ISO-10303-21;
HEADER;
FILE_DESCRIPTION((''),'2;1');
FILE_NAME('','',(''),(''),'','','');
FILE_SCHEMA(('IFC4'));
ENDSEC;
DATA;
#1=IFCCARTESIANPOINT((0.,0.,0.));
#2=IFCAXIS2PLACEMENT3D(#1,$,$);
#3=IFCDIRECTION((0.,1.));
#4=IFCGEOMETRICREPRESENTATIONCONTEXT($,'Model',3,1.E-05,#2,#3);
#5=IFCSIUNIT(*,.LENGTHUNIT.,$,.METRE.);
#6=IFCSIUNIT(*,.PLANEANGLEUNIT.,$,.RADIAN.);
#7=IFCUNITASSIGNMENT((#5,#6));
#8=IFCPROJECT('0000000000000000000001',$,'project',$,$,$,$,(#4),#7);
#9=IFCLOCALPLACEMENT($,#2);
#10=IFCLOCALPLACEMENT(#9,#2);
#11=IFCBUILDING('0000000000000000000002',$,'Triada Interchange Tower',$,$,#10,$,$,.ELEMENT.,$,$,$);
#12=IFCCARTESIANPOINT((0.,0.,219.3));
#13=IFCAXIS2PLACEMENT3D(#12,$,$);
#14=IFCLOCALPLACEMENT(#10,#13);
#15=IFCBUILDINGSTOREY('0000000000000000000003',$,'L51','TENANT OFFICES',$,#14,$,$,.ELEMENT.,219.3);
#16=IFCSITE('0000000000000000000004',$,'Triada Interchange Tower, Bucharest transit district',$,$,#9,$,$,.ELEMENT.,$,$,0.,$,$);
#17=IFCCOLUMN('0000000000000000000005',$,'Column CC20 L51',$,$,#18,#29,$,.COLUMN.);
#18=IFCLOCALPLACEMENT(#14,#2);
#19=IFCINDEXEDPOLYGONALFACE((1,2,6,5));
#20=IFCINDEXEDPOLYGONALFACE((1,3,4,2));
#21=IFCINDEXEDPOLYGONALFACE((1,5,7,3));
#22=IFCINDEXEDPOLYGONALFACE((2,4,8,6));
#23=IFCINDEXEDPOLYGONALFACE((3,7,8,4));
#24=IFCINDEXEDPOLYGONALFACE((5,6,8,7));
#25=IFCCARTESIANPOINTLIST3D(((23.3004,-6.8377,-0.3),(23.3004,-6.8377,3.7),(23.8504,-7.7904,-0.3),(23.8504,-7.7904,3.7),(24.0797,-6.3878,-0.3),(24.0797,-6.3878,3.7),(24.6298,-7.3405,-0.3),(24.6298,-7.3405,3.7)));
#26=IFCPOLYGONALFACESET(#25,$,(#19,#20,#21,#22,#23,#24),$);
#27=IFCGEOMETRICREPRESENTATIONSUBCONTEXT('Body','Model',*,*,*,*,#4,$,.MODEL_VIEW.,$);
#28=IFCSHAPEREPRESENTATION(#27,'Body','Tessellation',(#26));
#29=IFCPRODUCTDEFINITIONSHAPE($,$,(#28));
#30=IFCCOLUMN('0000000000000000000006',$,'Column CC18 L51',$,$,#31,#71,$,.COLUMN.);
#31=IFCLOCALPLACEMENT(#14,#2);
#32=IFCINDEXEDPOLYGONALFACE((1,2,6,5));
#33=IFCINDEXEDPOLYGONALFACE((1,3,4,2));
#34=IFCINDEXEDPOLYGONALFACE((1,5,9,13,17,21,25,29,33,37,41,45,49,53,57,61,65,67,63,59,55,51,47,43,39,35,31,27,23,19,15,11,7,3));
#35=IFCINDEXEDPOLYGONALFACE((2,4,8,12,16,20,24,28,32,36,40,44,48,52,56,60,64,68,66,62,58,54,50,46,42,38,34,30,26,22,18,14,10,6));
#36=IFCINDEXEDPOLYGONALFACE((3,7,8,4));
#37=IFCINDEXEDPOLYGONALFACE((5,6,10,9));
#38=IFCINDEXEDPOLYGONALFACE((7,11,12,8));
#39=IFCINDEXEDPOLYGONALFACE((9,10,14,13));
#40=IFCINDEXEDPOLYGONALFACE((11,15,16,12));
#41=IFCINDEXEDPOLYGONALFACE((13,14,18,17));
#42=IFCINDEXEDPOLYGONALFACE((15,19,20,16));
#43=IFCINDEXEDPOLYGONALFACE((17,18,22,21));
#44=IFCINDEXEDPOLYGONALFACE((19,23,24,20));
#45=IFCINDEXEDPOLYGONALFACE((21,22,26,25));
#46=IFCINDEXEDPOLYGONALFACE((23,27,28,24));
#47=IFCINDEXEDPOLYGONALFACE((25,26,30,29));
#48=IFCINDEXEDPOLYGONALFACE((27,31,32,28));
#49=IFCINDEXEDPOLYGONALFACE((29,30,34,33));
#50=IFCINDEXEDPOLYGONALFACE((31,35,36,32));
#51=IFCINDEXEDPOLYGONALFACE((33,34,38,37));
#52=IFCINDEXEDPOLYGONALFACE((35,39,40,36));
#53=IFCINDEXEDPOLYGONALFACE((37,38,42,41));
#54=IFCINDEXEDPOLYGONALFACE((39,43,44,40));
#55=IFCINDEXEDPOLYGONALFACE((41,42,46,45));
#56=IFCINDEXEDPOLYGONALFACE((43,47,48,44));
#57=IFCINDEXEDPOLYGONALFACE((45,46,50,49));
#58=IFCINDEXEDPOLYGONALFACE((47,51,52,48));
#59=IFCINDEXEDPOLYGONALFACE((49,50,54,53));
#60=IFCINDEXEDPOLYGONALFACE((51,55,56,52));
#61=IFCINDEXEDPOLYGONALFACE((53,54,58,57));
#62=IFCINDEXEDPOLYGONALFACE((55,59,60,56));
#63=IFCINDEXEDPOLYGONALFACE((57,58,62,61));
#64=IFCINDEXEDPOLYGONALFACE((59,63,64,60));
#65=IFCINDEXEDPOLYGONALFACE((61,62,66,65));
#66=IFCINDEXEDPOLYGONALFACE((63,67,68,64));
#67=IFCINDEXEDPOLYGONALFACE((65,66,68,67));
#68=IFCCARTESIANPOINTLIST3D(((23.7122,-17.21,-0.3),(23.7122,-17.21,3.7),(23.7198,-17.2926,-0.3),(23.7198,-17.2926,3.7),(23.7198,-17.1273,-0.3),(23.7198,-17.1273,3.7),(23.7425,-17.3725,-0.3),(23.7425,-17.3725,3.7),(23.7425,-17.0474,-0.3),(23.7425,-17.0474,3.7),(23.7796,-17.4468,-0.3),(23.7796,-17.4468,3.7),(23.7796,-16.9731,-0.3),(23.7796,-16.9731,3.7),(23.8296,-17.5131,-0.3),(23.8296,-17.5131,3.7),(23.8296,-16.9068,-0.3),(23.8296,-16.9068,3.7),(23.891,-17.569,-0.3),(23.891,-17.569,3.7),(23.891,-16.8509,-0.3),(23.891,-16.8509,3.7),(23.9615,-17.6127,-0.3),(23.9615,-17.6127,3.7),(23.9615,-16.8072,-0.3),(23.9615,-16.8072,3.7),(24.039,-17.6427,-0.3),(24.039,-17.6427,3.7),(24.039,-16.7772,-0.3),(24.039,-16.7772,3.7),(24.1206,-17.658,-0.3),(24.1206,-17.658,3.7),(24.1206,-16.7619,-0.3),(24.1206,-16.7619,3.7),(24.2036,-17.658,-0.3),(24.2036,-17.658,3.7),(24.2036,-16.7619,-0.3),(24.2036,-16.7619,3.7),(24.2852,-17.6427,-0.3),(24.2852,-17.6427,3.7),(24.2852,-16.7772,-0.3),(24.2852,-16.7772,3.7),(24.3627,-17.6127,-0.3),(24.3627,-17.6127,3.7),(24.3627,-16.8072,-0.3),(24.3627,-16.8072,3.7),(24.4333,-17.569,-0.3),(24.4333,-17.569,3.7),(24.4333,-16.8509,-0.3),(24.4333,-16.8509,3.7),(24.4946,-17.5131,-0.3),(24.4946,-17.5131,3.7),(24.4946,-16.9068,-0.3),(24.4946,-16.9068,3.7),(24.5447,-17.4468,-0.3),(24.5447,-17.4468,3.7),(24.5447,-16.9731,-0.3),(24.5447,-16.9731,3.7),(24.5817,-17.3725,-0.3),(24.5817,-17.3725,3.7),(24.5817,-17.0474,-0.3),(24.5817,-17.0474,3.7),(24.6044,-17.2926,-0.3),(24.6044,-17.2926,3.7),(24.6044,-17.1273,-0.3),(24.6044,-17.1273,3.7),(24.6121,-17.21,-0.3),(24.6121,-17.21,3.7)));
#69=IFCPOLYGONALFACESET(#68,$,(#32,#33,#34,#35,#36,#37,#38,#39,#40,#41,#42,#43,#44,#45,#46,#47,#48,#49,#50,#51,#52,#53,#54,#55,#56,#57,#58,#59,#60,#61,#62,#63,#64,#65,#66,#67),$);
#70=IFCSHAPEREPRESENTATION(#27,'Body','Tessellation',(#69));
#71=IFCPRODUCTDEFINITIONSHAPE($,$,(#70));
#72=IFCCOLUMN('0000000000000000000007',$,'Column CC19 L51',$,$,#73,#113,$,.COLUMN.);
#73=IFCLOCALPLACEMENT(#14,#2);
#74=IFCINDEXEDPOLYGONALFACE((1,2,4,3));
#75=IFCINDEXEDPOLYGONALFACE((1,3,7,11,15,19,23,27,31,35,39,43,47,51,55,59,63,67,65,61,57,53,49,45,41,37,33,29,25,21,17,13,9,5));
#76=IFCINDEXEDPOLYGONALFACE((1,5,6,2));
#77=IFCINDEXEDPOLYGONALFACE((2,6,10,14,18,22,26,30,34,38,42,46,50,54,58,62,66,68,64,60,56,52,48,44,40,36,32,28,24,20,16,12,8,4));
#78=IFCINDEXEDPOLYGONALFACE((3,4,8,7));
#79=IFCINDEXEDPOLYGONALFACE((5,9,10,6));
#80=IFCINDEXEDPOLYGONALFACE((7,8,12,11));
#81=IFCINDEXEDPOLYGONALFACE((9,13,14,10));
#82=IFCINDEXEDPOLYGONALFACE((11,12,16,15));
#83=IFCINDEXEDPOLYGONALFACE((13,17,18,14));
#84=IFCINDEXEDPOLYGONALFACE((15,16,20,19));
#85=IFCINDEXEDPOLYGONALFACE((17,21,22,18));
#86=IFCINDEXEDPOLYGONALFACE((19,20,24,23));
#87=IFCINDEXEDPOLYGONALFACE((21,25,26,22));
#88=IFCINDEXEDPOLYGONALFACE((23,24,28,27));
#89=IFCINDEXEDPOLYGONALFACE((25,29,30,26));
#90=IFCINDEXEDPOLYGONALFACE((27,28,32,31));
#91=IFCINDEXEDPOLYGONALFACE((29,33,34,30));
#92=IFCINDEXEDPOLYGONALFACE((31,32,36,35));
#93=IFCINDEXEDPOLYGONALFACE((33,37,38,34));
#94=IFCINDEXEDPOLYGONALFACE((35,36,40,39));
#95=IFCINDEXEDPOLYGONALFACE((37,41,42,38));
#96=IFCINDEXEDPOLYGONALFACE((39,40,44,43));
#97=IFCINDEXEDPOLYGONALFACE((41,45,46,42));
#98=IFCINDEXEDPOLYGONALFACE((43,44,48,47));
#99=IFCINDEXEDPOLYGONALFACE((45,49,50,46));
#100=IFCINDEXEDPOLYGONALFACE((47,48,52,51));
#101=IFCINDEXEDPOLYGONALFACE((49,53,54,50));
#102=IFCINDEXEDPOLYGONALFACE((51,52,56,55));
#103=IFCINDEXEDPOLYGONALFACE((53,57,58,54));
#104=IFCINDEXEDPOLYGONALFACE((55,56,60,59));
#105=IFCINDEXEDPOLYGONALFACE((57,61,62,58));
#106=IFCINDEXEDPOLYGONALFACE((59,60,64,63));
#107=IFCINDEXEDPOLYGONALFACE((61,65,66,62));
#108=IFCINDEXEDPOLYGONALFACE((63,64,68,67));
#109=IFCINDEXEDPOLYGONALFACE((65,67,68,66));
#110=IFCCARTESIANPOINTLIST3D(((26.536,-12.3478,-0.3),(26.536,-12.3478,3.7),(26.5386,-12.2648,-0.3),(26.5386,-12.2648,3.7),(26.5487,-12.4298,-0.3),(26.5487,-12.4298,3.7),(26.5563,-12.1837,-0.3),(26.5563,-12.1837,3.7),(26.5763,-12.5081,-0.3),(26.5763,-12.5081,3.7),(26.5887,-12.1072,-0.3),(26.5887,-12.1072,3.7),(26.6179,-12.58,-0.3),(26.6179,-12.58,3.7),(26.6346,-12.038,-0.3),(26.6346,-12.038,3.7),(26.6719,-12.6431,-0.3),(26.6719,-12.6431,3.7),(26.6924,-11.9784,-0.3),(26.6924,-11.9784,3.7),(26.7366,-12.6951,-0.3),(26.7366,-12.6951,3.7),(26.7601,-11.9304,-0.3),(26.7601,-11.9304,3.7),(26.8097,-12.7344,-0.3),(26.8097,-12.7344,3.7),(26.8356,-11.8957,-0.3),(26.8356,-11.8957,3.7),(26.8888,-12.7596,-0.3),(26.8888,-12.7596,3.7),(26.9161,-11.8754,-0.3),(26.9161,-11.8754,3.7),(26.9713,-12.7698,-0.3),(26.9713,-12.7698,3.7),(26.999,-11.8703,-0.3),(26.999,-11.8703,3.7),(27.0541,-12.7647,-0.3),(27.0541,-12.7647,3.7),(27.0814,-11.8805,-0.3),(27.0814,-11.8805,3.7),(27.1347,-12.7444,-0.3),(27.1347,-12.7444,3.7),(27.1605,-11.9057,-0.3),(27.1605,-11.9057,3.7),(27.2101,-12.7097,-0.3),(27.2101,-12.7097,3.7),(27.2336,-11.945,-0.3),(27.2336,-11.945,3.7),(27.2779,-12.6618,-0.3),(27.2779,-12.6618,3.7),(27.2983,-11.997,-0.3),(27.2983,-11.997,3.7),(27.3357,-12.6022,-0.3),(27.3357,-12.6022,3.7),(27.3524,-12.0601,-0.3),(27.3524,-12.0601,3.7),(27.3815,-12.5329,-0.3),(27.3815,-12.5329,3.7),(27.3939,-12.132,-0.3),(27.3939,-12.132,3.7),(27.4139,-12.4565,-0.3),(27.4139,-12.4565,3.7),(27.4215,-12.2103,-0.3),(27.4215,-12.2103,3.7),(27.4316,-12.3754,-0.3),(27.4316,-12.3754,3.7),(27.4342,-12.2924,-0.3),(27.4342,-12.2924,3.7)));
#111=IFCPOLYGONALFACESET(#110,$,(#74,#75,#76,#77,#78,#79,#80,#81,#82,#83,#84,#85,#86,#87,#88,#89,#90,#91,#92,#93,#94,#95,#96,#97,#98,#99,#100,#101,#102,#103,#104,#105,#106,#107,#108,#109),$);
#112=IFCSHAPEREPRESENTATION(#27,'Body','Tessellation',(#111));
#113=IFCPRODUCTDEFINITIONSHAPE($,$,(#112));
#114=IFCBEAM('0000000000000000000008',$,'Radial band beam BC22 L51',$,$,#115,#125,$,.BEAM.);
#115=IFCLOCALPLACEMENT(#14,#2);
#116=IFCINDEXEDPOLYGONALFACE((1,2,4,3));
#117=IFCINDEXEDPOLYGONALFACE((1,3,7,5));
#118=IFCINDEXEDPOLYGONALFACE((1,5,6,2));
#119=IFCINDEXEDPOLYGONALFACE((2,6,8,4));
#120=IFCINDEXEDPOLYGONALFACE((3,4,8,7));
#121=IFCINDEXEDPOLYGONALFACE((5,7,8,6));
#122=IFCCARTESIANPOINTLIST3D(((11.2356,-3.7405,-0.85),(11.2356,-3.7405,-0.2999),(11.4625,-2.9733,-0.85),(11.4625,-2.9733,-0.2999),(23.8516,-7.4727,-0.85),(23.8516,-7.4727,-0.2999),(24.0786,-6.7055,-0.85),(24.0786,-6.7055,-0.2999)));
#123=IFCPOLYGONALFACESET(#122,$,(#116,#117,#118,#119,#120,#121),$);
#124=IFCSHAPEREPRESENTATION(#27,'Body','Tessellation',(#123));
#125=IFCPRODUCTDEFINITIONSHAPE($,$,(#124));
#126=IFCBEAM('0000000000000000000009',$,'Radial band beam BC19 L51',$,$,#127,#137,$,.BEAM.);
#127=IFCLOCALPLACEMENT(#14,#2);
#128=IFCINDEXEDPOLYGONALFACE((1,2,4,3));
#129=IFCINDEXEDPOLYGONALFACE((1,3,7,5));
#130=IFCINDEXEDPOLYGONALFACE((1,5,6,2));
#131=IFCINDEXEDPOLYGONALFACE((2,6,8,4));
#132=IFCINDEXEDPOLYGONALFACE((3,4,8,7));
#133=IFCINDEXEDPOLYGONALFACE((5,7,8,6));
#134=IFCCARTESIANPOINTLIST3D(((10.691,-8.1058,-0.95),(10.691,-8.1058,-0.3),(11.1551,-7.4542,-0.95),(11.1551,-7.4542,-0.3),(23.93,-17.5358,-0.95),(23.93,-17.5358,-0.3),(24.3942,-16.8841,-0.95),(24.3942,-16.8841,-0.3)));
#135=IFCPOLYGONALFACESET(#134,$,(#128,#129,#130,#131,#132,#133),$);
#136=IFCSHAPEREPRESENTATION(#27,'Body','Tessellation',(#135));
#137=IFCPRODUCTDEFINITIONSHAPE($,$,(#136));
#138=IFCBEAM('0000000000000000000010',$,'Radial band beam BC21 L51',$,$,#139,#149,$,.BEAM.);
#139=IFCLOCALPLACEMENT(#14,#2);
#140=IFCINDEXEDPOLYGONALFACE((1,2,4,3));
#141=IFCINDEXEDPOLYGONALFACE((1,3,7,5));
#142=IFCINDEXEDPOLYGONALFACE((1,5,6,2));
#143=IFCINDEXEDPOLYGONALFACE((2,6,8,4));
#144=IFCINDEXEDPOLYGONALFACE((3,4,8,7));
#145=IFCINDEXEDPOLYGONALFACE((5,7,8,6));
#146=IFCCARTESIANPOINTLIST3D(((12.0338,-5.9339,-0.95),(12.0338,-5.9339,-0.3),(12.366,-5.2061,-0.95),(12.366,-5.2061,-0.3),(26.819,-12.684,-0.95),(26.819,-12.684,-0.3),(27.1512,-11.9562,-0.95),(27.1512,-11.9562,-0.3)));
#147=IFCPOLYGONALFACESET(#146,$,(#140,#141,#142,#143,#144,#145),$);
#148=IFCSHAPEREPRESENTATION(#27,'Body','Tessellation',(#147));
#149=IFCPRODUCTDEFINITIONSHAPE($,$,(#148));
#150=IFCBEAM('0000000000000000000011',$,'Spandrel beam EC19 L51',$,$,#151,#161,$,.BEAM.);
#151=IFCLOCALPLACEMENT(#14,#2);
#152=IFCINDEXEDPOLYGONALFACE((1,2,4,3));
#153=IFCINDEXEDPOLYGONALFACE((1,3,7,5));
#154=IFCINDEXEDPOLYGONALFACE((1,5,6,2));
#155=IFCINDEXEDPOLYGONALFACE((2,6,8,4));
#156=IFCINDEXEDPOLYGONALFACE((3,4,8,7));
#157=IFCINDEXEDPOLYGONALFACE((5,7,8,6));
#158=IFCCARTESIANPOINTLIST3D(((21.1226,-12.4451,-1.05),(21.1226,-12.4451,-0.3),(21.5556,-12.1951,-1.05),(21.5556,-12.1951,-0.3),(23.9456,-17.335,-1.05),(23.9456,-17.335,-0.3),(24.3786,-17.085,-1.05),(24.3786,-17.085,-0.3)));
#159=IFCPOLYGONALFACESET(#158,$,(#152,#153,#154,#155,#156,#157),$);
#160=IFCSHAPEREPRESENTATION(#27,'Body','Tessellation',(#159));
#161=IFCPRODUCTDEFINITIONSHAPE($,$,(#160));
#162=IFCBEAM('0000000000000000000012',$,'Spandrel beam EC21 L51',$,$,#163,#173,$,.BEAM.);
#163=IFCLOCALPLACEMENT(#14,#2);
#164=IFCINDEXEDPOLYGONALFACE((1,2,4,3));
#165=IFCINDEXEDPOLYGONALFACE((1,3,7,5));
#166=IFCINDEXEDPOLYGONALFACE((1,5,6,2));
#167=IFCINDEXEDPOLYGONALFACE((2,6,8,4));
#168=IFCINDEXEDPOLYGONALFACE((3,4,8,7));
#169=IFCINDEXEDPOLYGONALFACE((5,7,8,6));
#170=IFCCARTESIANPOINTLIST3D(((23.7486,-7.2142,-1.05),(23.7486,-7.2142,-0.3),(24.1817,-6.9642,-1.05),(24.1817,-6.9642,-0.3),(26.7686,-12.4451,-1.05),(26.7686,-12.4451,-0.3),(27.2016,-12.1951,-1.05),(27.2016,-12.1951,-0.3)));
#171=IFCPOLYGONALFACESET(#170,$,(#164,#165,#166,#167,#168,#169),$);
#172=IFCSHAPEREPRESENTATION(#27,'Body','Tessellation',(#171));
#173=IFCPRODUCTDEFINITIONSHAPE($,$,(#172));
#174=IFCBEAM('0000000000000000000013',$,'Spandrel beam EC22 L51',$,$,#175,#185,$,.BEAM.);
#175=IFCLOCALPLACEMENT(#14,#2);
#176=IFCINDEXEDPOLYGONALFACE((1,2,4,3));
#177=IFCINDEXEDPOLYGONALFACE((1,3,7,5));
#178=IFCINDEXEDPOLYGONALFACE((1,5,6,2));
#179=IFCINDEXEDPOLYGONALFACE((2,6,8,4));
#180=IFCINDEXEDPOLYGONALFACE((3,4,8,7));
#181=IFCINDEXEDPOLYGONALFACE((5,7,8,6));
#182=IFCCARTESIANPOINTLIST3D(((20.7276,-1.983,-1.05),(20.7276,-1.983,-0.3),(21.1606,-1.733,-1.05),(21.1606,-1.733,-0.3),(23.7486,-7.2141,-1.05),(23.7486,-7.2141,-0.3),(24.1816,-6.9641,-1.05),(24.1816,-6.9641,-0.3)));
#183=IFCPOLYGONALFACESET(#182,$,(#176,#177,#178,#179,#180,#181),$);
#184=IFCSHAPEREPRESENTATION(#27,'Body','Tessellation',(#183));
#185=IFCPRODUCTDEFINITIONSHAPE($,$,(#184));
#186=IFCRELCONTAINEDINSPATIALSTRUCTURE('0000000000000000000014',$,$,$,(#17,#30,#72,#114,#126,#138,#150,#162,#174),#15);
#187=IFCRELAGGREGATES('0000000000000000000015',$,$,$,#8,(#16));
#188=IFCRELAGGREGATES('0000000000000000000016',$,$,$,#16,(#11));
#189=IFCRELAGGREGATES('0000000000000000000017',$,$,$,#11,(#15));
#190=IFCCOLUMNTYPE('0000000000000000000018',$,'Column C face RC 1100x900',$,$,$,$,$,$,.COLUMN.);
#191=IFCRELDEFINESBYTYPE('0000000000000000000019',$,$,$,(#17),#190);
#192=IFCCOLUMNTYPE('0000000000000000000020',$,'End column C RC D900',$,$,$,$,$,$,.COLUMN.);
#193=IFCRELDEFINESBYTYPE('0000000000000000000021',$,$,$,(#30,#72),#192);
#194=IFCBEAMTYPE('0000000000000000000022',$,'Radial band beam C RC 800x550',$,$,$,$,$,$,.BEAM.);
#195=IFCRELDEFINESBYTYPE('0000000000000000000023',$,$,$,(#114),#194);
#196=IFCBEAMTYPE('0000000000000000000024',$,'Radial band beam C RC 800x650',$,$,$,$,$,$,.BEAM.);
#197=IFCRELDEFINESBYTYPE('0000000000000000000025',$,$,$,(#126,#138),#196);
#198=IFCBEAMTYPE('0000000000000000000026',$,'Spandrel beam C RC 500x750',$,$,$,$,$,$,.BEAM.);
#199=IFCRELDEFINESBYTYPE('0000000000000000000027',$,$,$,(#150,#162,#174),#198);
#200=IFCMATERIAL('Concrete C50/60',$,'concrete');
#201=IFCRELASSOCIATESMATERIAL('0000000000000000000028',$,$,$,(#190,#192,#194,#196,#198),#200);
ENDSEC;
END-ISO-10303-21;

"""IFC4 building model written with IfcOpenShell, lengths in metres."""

from ifc_helpers import new_model, si_unit, direction, frame, origin, origin_2d, place, context, subcontext, project, spatial, rectangle, circle, extrude, material, material_profile, profile_set, type_object, element, save


model = new_model("IFC4")

# Units and contexts
model_context = context("Model", 3, precision=1e-05, world=origin(), true_north=direction((0.0, 1.0)))
body_context = subcontext(model_context, "Body", "Model", "MODEL_VIEW")
ifc_project = project(units=[si_unit("LENGTHUNIT", "METRE"), si_unit("PLANEANGLEUNIT", "RADIAN")], contexts=[model_context])

# Site, building, storey
site_placement = place(None, origin())
site = spatial("IfcSite", under=ifc_project, at=site_placement, Name="Triada Interchange Tower, Bucharest transit district", CompositionType="ELEMENT", RefElevation=0.0)
building_placement = place(site_placement, origin())
building = spatial("IfcBuilding", under=site, at=building_placement, Name="Triada Interchange Tower", CompositionType="ELEMENT")
storey_placement = place(building_placement, frame((0.0, 0.0, 219.3)))
storey = spatial("IfcBuildingStorey", under=building, at=storey_placement, Name="L51", Description="TENANT OFFICES", CompositionType="ELEMENT", Elevation=219.3)

# Columns
ifc_material_1 = material(Name="Concrete C50/60", Category="concrete")
ifc_material_profile_1 = material_profile(ifc_material_1, rectangle(XDim=1.1001, YDim=0.8999, at=origin_2d()), Name="RC 1100x900")
ifc_profile_set_1 = profile_set([ifc_material_profile_1], Name="Concrete C50/60")
column_type_1 = type_object("IfcColumnType", Name="Column C face RC 1100x900", PredefinedType="COLUMN", material=ifc_profile_set_1)
column_placement = place(storey_placement, frame((23.9651, -7.0891, -0.3), z_axis=(0.0, 0.0, 1.0), x_axis=(-0.5, 0.866025, 0.0)))
element("IfcColumn", 1, at=column_placement, inside=storey, type_object=column_type_1, Name="Column CC20 L51", PredefinedType="COLUMN", context=body_context, shape_type="SweptSolid", body=[
    extrude(rectangle(XDim=1.1001, YDim=0.8999, at=origin_2d()), origin(), (0.0, 0.0, 1.0), 4.0),
])
ifc_material_profile_2 = material_profile(ifc_material_1, circle(Radius=0.45, at=origin_2d()), Name="RC D900")
ifc_profile_set_2 = profile_set([ifc_material_profile_2], Name="Concrete C50/60")
column_type_2 = type_object("IfcColumnType", Name="End column C RC D900", PredefinedType="COLUMN", material=ifc_profile_set_2)
for number, where, z_axis, x_axis, name in (
    (2, (24.1621, -17.21, -0.3), (0.0, 0.0, 1.0), (1.0, 0.0, 0.0), "Column CC18 L51"),
    (3, (26.9851, -12.3201, -0.3), (0.0, 0.0, 1.0), (-0.5, 0.866025, 0.0), "Column CC19 L51"),
):
    element("IfcColumn", number, at=place(storey_placement, frame(where, z_axis=z_axis, x_axis=x_axis)), inside=storey, type_object=column_type_2, Name=name, PredefinedType="COLUMN", context=body_context, shape_type="SweptSolid", body=[
        extrude(circle(Radius=0.45, at=origin_2d()), origin(), (0.0, 0.0, 1.0), 4.0),
    ])

# Beams
ifc_material_profile_3 = material_profile(ifc_material_1, rectangle(XDim=0.8, YDim=0.55, at=origin_2d()), Name="RC 800x550")
ifc_profile_set_3 = profile_set([ifc_material_profile_3], Name="Concrete C50/60")
beam_type_1 = type_object("IfcBeamType", Name="Radial band beam C RC 800x550", PredefinedType="BEAM", material=ifc_profile_set_3)
beam_1_placement = place(storey_placement, frame((23.9651, -7.0891, -0.575), z_axis=(-0.95892, 0.283677, 0.0), x_axis=(-0.283677, -0.95892, 0.0)))
element("IfcBeam", 4, at=beam_1_placement, inside=storey, type_object=beam_type_1, Name="Radial band beam BC22 L51", PredefinedType="BEAM", context=body_context, shape_type="SweptSolid", body=[
    extrude(rectangle(XDim=0.8, YDim=0.55, at=origin_2d()), origin(), (0.0, 0.0, 1.0), 13.1565),
])
ifc_material_profile_4 = material_profile(ifc_material_1, rectangle(XDim=0.8, YDim=0.6499, at=origin_2d()), Name="RC 800x650")
ifc_profile_set_4 = profile_set([ifc_material_profile_4], Name="Concrete C50/60")
beam_type_2 = type_object("IfcBeamType", Name="Radial band beam C RC 800x650", PredefinedType="BEAM", material=ifc_profile_set_4)
beam_2_placement = place(storey_placement, frame((24.1621, -17.21, -0.625), z_axis=(-0.814504, 0.580158, 0.0), x_axis=(-0.580158, -0.814504, 0.0)))
element("IfcBeam", 5, at=beam_2_placement, inside=storey, type_object=beam_type_2, Name="Radial band beam BC19 L51", PredefinedType="BEAM", context=body_context, shape_type="SweptSolid", body=[
    extrude(rectangle(XDim=0.8, YDim=0.6499, at=origin_2d()), origin(), (0.0, 0.0, 1.0), 16.2542),
])
beam_3_placement = place(storey_placement, frame((26.9851, -12.3201, -0.625), z_axis=(-0.909682, 0.415305, 0.0), x_axis=(-0.415305, -0.909682, 0.0)))
element("IfcBeam", 6, at=beam_3_placement, inside=storey, type_object=beam_type_2, Name="Radial band beam BC21 L51", PredefinedType="BEAM", context=body_context, shape_type="SweptSolid", body=[
    extrude(rectangle(XDim=0.8, YDim=0.6499, at=origin_2d()), origin(), (0.0, 0.0, 1.0), 16.2532),
])
ifc_material_profile_5 = material_profile(ifc_material_1, rectangle(XDim=0.5, YDim=0.75, at=origin_2d()), Name="RC 500x750")
ifc_profile_set_5 = profile_set([ifc_material_profile_5], Name="Concrete C50/60")
beam_type_3 = type_object("IfcBeamType", Name="Spandrel beam C RC 500x750", PredefinedType="BEAM", material=ifc_profile_set_5)
beam_4_placement = place(storey_placement, frame((24.1621, -17.21, -0.675), z_axis=(-0.499976, 0.866039, 0.0), x_axis=(-0.866039, -0.499976, 0.0)))
element("IfcBeam", 7, at=beam_4_placement, inside=storey, type_object=beam_type_3, Name="Spandrel beam EC19 L51", PredefinedType="BEAM", context=body_context, shape_type="SweptSolid", body=[
    extrude(rectangle(XDim=0.5, YDim=0.75, at=origin_2d()), origin(), (0.0, 0.0, 1.0), 5.6462),
])
beam_5_placement = place(storey_placement, frame((26.9851, -12.3201, -0.675), z_axis=(-0.499991, 0.866031, 0.0), x_axis=(-0.866031, -0.499991, 0.0)))
element("IfcBeam", 8, at=beam_5_placement, inside=storey, type_object=beam_type_3, Name="Spandrel beam EC21 L51", PredefinedType="BEAM", context=body_context, shape_type="SweptSolid", body=[
    extrude(rectangle(XDim=0.5, YDim=0.75, at=origin_2d()), origin(), (0.0, 0.0, 1.0), 6.04),
])
beam_6_placement = place(storey_placement, frame((23.9651, -7.0891, -0.675), z_axis=(-0.500094, 0.865971, 0.0), x_axis=(-0.865971, -0.500094, 0.0)))
element("IfcBeam", 9, at=beam_6_placement, inside=storey, type_object=beam_type_3, Name="Spandrel beam EC22 L51", PredefinedType="BEAM", context=body_context, shape_type="SweptSolid", body=[
    extrude(rectangle(XDim=0.5, YDim=0.75, at=origin_2d()), origin(), (0.0, 0.0, 1.0), 6.0408),
])

save(model, "model.ifc")
